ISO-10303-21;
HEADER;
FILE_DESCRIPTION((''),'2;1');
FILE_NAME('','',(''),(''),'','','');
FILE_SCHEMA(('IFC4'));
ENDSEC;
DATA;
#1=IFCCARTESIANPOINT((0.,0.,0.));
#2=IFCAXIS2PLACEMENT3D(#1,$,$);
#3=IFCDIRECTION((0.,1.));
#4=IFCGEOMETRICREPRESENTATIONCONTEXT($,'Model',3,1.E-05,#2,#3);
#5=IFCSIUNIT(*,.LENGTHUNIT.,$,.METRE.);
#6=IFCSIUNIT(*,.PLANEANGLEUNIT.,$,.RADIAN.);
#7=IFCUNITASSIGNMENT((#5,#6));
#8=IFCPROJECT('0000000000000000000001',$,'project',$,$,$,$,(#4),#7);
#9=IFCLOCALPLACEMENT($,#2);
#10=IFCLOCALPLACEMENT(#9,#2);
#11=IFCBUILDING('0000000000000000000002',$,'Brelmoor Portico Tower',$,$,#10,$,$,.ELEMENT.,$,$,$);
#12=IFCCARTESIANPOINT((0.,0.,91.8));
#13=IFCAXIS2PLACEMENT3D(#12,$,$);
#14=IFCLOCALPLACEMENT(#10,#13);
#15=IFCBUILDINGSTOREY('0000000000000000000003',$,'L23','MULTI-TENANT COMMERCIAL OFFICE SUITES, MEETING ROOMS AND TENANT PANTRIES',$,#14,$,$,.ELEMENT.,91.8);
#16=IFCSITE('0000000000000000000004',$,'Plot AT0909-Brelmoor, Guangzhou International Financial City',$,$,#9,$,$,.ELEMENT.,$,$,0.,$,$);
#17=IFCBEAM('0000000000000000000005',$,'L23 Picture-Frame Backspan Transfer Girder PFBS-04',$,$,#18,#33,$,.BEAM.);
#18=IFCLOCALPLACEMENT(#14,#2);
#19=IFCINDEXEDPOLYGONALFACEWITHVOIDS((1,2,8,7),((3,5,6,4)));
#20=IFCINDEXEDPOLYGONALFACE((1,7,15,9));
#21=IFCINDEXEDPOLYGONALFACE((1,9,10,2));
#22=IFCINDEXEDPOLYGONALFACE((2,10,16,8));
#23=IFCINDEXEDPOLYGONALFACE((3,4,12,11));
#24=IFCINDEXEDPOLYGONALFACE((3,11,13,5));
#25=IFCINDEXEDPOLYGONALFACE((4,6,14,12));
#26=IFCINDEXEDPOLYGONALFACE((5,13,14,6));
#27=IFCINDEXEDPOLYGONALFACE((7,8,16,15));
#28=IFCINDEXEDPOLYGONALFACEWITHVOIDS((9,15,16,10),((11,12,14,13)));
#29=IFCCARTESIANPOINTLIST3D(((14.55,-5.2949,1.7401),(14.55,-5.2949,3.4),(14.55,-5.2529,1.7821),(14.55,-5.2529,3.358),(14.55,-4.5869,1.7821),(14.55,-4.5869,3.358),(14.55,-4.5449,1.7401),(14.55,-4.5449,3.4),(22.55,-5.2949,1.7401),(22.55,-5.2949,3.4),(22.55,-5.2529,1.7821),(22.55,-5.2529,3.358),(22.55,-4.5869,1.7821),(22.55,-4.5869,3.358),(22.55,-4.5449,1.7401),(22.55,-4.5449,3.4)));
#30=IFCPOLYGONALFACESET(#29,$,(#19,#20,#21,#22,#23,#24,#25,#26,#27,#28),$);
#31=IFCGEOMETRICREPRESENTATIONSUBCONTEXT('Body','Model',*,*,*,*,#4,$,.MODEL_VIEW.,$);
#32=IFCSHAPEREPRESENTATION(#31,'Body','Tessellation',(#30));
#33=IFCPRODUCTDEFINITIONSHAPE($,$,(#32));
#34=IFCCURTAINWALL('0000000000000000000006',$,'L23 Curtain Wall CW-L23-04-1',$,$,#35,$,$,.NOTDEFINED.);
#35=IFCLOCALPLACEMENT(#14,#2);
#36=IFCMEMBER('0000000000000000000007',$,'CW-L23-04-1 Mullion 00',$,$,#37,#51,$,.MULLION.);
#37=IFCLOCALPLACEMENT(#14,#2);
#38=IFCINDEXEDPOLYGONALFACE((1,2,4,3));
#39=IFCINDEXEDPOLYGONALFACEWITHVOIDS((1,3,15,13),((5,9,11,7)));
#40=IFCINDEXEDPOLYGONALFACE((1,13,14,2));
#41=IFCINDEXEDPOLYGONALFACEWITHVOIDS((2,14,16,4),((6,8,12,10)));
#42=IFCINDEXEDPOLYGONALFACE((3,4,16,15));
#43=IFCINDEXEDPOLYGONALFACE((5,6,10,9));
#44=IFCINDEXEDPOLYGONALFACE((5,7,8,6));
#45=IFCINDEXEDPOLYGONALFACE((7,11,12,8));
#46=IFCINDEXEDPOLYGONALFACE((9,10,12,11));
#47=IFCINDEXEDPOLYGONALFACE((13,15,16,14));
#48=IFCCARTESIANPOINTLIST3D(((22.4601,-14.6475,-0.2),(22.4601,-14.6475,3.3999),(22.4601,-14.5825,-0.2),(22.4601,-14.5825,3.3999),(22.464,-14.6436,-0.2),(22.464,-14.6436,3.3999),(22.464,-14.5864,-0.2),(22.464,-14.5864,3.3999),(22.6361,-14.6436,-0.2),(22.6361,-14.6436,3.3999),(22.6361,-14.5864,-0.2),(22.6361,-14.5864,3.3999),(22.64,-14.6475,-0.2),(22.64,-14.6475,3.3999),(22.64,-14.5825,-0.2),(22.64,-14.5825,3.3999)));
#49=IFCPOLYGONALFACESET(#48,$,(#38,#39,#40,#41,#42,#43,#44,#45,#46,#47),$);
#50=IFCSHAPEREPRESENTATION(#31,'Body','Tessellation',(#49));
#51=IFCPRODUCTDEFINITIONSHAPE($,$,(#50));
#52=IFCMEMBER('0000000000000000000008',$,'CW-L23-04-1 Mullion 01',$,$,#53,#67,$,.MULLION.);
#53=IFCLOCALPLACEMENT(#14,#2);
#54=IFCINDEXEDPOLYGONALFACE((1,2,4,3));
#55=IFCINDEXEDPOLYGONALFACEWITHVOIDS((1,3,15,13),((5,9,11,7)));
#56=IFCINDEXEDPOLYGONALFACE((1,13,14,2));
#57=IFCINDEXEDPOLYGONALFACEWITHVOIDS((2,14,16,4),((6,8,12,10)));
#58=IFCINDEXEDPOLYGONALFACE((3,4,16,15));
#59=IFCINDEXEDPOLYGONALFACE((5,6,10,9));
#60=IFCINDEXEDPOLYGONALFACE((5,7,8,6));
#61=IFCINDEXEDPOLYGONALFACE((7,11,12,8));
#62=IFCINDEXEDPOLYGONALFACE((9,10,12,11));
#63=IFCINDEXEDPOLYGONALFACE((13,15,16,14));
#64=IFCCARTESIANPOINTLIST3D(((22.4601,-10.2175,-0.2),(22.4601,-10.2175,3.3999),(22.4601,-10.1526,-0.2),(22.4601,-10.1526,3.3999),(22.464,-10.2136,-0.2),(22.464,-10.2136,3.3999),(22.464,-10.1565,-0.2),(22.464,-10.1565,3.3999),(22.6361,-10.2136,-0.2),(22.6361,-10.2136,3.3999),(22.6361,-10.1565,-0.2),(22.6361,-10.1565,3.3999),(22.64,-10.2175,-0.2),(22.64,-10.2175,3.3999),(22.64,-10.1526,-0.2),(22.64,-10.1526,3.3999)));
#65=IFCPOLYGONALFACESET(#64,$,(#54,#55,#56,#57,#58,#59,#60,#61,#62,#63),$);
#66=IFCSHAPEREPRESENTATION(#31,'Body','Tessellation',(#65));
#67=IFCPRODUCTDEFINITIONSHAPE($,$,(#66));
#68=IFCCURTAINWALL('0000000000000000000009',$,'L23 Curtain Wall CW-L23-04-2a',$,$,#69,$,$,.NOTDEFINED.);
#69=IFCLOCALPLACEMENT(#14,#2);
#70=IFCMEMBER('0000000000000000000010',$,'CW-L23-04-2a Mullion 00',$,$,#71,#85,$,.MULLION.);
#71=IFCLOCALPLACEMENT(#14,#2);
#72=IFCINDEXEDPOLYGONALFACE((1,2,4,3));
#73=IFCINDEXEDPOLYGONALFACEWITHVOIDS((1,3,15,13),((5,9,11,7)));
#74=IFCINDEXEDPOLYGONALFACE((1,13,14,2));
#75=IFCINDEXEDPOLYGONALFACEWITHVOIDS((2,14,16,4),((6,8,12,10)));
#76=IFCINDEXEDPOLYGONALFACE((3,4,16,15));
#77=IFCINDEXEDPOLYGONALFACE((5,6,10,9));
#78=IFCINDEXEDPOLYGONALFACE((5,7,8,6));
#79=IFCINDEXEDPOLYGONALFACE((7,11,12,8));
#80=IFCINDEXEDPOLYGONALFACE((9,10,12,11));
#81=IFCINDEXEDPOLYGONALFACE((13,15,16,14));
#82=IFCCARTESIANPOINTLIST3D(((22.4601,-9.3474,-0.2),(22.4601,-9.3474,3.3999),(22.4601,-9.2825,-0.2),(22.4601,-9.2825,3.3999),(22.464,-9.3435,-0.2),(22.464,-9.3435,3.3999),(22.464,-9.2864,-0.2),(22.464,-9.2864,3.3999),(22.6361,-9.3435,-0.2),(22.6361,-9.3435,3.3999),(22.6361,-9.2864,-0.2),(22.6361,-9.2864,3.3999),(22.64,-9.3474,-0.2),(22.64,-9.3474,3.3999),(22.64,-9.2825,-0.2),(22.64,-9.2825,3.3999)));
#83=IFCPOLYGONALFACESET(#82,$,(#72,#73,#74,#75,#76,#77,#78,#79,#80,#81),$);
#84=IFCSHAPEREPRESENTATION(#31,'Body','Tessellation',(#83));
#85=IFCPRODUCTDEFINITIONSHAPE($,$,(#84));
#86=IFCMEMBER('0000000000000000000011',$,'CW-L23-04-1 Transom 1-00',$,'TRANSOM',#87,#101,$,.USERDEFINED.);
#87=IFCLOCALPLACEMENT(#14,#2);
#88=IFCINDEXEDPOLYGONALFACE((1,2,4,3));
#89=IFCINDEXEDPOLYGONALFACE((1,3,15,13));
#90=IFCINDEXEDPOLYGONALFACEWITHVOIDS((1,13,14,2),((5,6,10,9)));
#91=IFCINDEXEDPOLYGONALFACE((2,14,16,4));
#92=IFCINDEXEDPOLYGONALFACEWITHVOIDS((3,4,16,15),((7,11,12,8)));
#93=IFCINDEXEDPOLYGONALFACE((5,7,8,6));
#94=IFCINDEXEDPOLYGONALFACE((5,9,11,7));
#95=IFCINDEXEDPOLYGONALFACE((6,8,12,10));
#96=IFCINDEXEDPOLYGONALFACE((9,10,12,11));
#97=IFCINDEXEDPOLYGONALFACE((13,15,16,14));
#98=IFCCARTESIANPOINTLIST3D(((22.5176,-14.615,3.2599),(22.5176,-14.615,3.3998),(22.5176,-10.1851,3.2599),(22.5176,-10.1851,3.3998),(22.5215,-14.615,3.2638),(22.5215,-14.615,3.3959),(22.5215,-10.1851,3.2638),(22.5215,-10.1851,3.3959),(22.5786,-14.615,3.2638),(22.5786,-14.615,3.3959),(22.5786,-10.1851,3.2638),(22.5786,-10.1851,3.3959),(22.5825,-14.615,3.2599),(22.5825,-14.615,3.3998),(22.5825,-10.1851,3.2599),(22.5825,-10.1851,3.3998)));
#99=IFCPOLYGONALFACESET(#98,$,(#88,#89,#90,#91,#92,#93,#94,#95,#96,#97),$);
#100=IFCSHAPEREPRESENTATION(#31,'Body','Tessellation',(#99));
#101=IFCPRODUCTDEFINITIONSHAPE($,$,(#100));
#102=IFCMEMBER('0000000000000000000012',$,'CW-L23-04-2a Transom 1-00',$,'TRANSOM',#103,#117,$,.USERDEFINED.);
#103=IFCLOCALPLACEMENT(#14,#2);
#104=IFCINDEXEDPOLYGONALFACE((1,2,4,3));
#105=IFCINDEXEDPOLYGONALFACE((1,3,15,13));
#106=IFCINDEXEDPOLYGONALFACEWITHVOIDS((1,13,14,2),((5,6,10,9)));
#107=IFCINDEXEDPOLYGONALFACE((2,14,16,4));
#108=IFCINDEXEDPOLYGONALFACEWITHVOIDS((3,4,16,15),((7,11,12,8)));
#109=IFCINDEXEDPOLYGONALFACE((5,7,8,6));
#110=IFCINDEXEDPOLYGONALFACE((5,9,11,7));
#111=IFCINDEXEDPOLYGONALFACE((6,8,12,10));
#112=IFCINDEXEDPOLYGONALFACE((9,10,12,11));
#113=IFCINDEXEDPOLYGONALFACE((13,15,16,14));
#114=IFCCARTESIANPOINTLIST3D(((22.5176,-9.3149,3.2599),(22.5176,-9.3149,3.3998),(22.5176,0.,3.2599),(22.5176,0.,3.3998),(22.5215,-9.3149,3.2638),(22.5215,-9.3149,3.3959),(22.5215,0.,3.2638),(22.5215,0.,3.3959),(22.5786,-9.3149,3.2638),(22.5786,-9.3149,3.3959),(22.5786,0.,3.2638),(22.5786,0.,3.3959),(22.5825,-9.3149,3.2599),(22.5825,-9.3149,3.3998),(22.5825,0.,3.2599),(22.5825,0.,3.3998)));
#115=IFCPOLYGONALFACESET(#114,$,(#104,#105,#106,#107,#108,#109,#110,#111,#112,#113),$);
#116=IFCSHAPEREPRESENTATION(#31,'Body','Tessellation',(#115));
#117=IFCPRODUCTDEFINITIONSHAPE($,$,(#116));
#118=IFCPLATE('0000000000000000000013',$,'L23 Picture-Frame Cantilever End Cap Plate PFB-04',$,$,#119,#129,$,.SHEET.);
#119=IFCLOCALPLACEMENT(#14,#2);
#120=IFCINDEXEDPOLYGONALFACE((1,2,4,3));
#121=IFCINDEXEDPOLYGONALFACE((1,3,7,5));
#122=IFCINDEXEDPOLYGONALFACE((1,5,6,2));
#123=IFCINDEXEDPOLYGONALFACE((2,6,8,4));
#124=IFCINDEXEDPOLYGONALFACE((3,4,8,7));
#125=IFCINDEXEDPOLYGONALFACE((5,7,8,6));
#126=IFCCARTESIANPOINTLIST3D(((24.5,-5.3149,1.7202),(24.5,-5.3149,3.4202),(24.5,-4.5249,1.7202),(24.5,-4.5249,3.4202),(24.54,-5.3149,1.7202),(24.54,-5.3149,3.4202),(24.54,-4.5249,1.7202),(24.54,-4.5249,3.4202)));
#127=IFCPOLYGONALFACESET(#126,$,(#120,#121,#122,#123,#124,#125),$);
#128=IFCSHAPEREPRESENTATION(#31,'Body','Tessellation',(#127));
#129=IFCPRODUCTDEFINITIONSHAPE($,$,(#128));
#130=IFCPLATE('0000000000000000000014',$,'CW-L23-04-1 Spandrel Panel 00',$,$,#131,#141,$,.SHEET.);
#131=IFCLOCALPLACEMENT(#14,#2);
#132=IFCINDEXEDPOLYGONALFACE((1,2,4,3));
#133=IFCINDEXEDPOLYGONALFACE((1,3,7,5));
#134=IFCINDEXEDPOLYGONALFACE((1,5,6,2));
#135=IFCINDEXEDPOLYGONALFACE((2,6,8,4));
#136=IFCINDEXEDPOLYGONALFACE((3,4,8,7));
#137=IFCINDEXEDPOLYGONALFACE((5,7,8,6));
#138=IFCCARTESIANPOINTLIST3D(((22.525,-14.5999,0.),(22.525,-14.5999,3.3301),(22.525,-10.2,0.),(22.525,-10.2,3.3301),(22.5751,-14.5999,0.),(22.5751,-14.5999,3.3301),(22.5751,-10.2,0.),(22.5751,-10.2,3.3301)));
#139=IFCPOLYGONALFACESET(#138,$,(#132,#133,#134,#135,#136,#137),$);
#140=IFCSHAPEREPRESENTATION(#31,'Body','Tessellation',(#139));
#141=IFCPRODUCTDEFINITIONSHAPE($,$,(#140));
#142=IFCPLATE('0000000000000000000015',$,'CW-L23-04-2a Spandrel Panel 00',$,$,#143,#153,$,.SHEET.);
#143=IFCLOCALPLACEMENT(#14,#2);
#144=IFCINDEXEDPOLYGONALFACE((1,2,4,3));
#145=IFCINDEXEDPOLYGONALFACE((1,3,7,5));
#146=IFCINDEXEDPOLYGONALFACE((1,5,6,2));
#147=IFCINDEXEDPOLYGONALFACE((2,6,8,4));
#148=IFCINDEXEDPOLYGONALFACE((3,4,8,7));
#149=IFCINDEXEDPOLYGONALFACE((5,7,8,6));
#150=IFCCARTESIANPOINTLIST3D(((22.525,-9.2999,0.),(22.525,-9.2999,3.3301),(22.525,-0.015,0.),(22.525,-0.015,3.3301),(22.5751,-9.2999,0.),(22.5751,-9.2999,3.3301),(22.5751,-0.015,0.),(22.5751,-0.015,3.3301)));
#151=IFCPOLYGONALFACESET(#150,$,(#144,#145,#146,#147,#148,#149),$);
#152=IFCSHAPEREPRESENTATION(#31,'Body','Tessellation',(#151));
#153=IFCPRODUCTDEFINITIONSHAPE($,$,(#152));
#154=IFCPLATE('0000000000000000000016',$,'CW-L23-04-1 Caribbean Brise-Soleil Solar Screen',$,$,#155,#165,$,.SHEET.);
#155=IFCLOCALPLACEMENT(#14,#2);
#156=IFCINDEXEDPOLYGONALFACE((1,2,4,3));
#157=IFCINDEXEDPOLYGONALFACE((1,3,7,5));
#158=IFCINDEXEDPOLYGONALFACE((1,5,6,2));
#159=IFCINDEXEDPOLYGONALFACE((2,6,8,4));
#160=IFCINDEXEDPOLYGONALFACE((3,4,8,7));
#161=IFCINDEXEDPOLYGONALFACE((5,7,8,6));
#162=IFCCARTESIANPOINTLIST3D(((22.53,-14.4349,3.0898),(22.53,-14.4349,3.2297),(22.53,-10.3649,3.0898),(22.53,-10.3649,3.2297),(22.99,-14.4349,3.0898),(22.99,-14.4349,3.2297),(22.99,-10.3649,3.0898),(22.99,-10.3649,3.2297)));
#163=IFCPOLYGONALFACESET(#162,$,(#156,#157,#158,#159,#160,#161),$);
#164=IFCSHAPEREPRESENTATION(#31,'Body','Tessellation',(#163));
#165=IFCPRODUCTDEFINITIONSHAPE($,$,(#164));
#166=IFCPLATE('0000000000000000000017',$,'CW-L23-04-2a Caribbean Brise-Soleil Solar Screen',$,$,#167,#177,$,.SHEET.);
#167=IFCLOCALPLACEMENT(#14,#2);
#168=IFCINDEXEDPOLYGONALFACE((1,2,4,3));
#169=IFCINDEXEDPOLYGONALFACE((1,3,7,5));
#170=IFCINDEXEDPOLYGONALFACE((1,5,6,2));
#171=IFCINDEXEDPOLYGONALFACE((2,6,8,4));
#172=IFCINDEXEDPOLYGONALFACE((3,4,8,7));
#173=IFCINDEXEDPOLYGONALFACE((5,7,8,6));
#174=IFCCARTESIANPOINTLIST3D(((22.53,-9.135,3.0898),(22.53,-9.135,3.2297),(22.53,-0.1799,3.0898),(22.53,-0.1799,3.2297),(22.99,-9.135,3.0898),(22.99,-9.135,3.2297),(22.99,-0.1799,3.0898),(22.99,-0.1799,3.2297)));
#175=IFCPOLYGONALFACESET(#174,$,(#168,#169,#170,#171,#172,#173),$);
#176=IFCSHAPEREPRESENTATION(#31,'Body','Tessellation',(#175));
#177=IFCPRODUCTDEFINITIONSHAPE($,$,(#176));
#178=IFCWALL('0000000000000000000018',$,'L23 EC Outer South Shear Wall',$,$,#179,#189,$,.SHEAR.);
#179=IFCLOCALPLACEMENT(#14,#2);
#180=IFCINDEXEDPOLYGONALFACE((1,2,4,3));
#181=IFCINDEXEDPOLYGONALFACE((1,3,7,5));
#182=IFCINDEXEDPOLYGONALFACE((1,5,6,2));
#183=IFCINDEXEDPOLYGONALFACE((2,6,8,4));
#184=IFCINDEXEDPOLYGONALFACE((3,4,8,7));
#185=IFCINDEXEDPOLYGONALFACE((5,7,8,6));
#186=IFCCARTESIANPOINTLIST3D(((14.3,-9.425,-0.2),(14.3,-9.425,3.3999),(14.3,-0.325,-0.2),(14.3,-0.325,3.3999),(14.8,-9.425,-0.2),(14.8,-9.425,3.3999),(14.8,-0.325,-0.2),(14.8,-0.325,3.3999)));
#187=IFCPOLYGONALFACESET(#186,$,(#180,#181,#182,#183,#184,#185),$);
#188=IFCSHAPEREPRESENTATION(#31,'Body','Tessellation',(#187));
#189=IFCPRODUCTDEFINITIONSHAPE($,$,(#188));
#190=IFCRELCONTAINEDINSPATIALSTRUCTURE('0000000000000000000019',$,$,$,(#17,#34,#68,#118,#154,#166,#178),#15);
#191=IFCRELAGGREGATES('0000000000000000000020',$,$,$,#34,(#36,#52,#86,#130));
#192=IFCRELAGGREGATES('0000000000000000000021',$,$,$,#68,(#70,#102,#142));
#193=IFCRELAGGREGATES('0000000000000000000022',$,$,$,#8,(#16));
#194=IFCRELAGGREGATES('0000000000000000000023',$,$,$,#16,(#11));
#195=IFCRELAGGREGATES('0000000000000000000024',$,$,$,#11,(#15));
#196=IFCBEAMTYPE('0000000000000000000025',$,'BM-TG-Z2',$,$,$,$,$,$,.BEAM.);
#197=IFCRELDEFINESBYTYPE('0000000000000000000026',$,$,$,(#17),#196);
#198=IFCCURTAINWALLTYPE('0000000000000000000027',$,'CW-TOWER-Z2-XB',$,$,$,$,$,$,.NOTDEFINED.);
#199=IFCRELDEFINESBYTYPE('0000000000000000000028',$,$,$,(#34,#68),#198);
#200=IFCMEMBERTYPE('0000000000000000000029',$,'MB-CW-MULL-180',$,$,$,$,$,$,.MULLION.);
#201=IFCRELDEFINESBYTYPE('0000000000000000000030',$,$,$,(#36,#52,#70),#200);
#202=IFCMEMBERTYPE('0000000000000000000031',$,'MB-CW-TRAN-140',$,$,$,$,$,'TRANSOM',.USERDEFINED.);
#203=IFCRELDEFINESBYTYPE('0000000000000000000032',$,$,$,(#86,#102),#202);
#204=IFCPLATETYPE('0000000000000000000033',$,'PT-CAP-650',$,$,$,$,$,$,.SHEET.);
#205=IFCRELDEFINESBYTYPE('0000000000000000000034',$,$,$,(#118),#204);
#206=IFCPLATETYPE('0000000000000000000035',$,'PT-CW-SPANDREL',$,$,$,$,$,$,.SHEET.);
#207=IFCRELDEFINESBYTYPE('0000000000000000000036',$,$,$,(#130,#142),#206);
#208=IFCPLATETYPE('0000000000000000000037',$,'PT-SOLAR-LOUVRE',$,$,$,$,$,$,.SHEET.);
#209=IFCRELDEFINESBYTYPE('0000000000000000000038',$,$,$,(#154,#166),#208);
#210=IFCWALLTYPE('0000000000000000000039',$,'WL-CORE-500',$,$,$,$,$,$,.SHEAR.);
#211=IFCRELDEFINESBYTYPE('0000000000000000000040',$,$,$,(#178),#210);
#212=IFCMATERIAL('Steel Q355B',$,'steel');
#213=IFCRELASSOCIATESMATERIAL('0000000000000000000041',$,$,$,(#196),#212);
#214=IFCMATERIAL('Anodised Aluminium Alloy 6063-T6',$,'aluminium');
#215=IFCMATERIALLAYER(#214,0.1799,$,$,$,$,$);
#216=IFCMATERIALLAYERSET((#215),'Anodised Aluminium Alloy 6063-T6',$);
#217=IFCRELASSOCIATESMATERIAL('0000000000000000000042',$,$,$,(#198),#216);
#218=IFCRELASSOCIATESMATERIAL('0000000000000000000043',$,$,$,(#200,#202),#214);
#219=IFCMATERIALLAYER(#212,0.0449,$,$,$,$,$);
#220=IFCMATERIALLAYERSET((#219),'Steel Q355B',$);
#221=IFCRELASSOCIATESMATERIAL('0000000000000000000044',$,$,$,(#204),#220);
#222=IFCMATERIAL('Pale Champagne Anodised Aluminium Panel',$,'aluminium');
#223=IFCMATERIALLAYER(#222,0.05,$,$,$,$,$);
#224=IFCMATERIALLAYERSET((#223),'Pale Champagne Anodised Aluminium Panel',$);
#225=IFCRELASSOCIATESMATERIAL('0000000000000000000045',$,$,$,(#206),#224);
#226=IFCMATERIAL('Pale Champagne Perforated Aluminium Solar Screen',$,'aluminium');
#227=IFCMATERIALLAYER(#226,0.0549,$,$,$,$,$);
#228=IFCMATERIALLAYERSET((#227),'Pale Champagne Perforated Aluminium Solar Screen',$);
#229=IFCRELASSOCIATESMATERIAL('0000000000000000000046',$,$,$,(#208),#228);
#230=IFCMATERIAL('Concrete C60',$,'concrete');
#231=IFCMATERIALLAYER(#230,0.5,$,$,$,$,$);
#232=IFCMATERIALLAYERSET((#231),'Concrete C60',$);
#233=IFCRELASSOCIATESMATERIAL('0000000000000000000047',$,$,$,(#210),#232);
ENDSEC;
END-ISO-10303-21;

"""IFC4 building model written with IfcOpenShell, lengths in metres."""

from ifc_helpers import new_model, si_unit, direction, frame, frame_2d, origin, origin_2d, place, context, subcontext, project, spatial, rectangle, hollow_rectangle, extrude, material, layer, layer_set, material_profile, profile_set, type_object, element, aggregate, save


model = new_model("IFC4")

# Units and contexts
model_context = context("Model", 3, precision=1e-05, world=origin(), true_north=direction((0.0, 1.0)))
body_context = subcontext(model_context, "Body", "Model", "MODEL_VIEW")
ifc_project = project(units=[si_unit("LENGTHUNIT", "METRE"), si_unit("PLANEANGLEUNIT", "RADIAN")], contexts=[model_context])

# Site, building, storey
site_placement = place(None, origin())
site = spatial("IfcSite", under=ifc_project, at=site_placement, Name="Plot AT0909-Brelmoor, Guangzhou International Financial City", CompositionType="ELEMENT", RefElevation=0.0)
building_placement = place(site_placement, origin())
building = spatial("IfcBuilding", under=site, at=building_placement, Name="Brelmoor Portico Tower", CompositionType="ELEMENT")
storey_placement = place(building_placement, frame((0.0, 0.0, 91.8)))
storey = spatial("IfcBuildingStorey", under=building, at=storey_placement, Name="L23", Description="MULTI-TENANT COMMERCIAL OFFICE SUITES, MEETING ROOMS AND TENANT PANTRIES", CompositionType="ELEMENT", Elevation=91.8)

# Shared definitions
ifc_material_1 = material(Name="Steel Q355B", Category="steel")

# Beam
ifc_material_profile_1 = material_profile(ifc_material_1, hollow_rectangle(XDim=0.75, YDim=1.6599, WallThickness=0.042, at=origin_2d()), Name="BOX 750x1660x42")
ifc_profile_set_1 = profile_set([ifc_material_profile_1], Name="Steel Q355B")
beam_type_1 = type_object("IfcBeamType", Name="BM-TG-Z2", PredefinedType="BEAM", material=ifc_profile_set_1)
beam_1_placement = place(storey_placement, frame((14.55, -4.9199, 2.5701), z_axis=(1.0, 0.0, 0.0), x_axis=(0.0, 1.0, 0.0)))
element("IfcBeam", 1, at=beam_1_placement, inside=storey, type_object=beam_type_1, Name="L23 Picture-Frame Backspan Transfer Girder PFBS-04", PredefinedType="BEAM", context=body_context, shape_type="SweptSolid", body=[
    extrude(hollow_rectangle(XDim=0.75, YDim=1.6599, WallThickness=0.042, at=origin_2d()), origin(), (0.0, 0.0, 1.0), 8.0),
])

# Curtain wall, members
ifc_material_2 = material(Name="Anodised Aluminium Alloy 6063-T6", Category="aluminium")
ifc_layer_1 = layer(ifc_material_2, 0.1799)
ifc_layer_set_1 = layer_set([ifc_layer_1], Name="Anodised Aluminium Alloy 6063-T6")
curtain_wall_type = type_object("IfcCurtainWallType", Name="CW-TOWER-Z2-XB", PredefinedType="NOTDEFINED", material=ifc_layer_set_1)
curtain_wall_1_placement = place(storey_placement, origin())
curtain_wall_1 = element("IfcCurtainWall", 2, at=curtain_wall_1_placement, inside=storey, type_object=curtain_wall_type, Name="L23 Curtain Wall CW-L23-04-1", PredefinedType="NOTDEFINED")
ifc_material_profile_2 = material_profile(ifc_material_2, hollow_rectangle(XDim=0.0649, YDim=0.1799, WallThickness=0.0039, at=origin_2d()), Name="ALU MULLION 65x180")
ifc_profile_set_2 = profile_set([ifc_material_profile_2], Name="Anodised Aluminium Alloy 6063-T6")
member_type_1 = type_object("IfcMemberType", Name="MB-CW-MULL-180", PredefinedType="MULLION", material=ifc_profile_set_2)
member_1_placement = place(storey_placement, frame((22.55, -14.615, -0.2), z_axis=(0.0, 0.0, 1.0), x_axis=(0.0, 1.0, 0.0)))
member_1 = element("IfcMember", 3, at=member_1_placement, type_object=member_type_1, Name="CW-L23-04-1 Mullion 00", PredefinedType="MULLION", context=body_context, shape_type="SweptSolid", body=[
    extrude(hollow_rectangle(XDim=0.0649, YDim=0.1799, WallThickness=0.0039, at=origin_2d()), origin(), (0.0, 0.0, 1.0), 3.5999),
])
member_2_placement = place(storey_placement, frame((22.55, -10.1851, -0.2), z_axis=(0.0, 0.0, 1.0), x_axis=(0.0, 1.0, 0.0)))
member_2 = element("IfcMember", 4, at=member_2_placement, type_object=member_type_1, Name="CW-L23-04-1 Mullion 01", PredefinedType="MULLION", context=body_context, shape_type="SweptSolid", body=[
    extrude(hollow_rectangle(XDim=0.0649, YDim=0.1799, WallThickness=0.0039, at=origin_2d()), origin(), (0.0, 0.0, 1.0), 3.5999),
])

# Curtain wall, member
curtain_wall_2_placement = place(storey_placement, origin())
curtain_wall_2 = element("IfcCurtainWall", 5, at=curtain_wall_2_placement, inside=storey, type_object=curtain_wall_type, Name="L23 Curtain Wall CW-L23-04-2a", PredefinedType="NOTDEFINED")
member_3_placement = place(storey_placement, frame((22.55, -9.3149, -0.2), z_axis=(0.0, 0.0, 1.0), x_axis=(0.0, 1.0, 0.0)))
member_3 = element("IfcMember", 6, at=member_3_placement, type_object=member_type_1, Name="CW-L23-04-2a Mullion 00", PredefinedType="MULLION", context=body_context, shape_type="SweptSolid", body=[
    extrude(hollow_rectangle(XDim=0.0649, YDim=0.1799, WallThickness=0.0039, at=origin_2d()), origin(), (0.0, 0.0, 1.0), 3.5999),
])

# Members
ifc_material_profile_3 = material_profile(ifc_material_2, hollow_rectangle(XDim=0.0649, YDim=0.1399, WallThickness=0.0039, at=origin_2d()), Name="ALU TRANSOM 65x140")
ifc_profile_set_3 = profile_set([ifc_material_profile_3], Name="Anodised Aluminium Alloy 6063-T6")
member_type_2 = type_object("IfcMemberType", Name="MB-CW-TRAN-140", ElementType="TRANSOM", PredefinedType="USERDEFINED", material=ifc_profile_set_3)
member_4_placement = place(storey_placement, frame((22.55, -14.615, 3.3298), z_axis=(0.0, 1.0, 0.0), x_axis=(-1.0, 0.0, 0.0)))
member_4 = element("IfcMember", 7, at=member_4_placement, type_object=member_type_2, Name="CW-L23-04-1 Transom 1-00", ObjectType="TRANSOM", PredefinedType="USERDEFINED", context=body_context, shape_type="SweptSolid", body=[
    extrude(hollow_rectangle(XDim=0.0649, YDim=0.1399, WallThickness=0.0039, at=origin_2d()), origin(), (0.0, 0.0, 1.0), 4.4299),
])
member_5_placement = place(storey_placement, frame((22.55, -9.3149, 3.3298), z_axis=(0.0, 1.0, 0.0), x_axis=(-1.0, 0.0, 0.0)))
member_5 = element("IfcMember", 8, at=member_5_placement, type_object=member_type_2, Name="CW-L23-04-2a Transom 1-00", ObjectType="TRANSOM", PredefinedType="USERDEFINED", context=body_context, shape_type="SweptSolid", body=[
    extrude(hollow_rectangle(XDim=0.0649, YDim=0.1399, WallThickness=0.0039, at=origin_2d()), origin(), (0.0, 0.0, 1.0), 9.3149),
])

# Plates
ifc_layer_2 = layer(ifc_material_1, 0.0449)
ifc_layer_set_2 = layer_set([ifc_layer_2], Name="Steel Q355B")
plate_type_1 = type_object("IfcPlateType", Name="PT-CAP-650", PredefinedType="SHEET", material=ifc_layer_set_2)
plate_1_placement = place(storey_placement, frame((24.52, -4.9199, 1.7202), z_axis=(0.0, 0.0, 1.0), x_axis=(1.0, 0.0, 0.0)))
element("IfcPlate", 9, at=plate_1_placement, inside=storey, type_object=plate_type_1, Name="L23 Picture-Frame Cantilever End Cap Plate PFB-04", PredefinedType="SHEET", context=body_context, shape_type="SweptSolid", body=[
    extrude(rectangle(XDim=0.04, YDim=0.79, at=origin_2d()), origin(), (0.0, 0.0, 1.0), 1.7),
])
ifc_material_3 = material(Name="Pale Champagne Anodised Aluminium Panel", Category="aluminium")
ifc_layer_3 = layer(ifc_material_3, 0.05)
ifc_layer_set_3 = layer_set([ifc_layer_3], Name="Pale Champagne Anodised Aluminium Panel")
plate_type_2 = type_object("IfcPlateType", Name="PT-CW-SPANDREL", PredefinedType="SHEET", material=ifc_layer_set_3)
plate_2_placement = place(storey_placement, frame((22.55, -12.3999, 0.0), z_axis=(0.0, 0.0, 1.0), x_axis=(0.0, 1.0, 0.0)))
plate_2 = element("IfcPlate", 10, at=plate_2_placement, type_object=plate_type_2, Name="CW-L23-04-1 Spandrel Panel 00", PredefinedType="SHEET", context=body_context, shape_type="SweptSolid", body=[
    extrude(rectangle(XDim=4.3999, YDim=0.05, at=origin_2d()), origin(), (0.0, 0.0, 1.0), 3.3301),
])
aggregate(curtain_wall_1, [member_1, member_2, member_4, plate_2])
plate_3_placement = place(storey_placement, frame((22.55, -4.6575, 0.0), z_axis=(0.0, 0.0, 1.0), x_axis=(0.0, 1.0, 0.0)))
plate_3 = element("IfcPlate", 11, at=plate_3_placement, type_object=plate_type_2, Name="CW-L23-04-2a Spandrel Panel 00", PredefinedType="SHEET", context=body_context, shape_type="SweptSolid", body=[
    extrude(rectangle(XDim=9.2849, YDim=0.05, at=origin_2d()), origin(), (0.0, 0.0, 1.0), 3.3301),
])
aggregate(curtain_wall_2, [member_3, member_5, plate_3])

# Plates
ifc_material_4 = material(Name="Pale Champagne Perforated Aluminium Solar Screen", Category="aluminium")
ifc_layer_4 = layer(ifc_material_4, 0.0549)
ifc_layer_set_4 = layer_set([ifc_layer_4], Name="Pale Champagne Perforated Aluminium Solar Screen")
plate_type_3 = type_object("IfcPlateType", Name="PT-SOLAR-LOUVRE", PredefinedType="SHEET", material=ifc_layer_set_4)
plate_4_placement = place(storey_placement, frame((22.76, -12.3999, 3.0898), z_axis=(0.0, 0.0, 1.0), x_axis=(0.0, 1.0, 0.0)))
element("IfcPlate", 12, at=plate_4_placement, inside=storey, type_object=plate_type_3, Name="CW-L23-04-1 Caribbean Brise-Soleil Solar Screen", PredefinedType="SHEET", context=body_context, shape_type="SweptSolid", body=[
    extrude(rectangle(XDim=4.0701, YDim=0.46, at=origin_2d()), origin(), (0.0, 0.0, 1.0), 0.1399),
])
plate_5_placement = place(storey_placement, frame((22.76, -4.6575, 3.0898), z_axis=(0.0, 0.0, 1.0), x_axis=(0.0, 1.0, 0.0)))
element("IfcPlate", 13, at=plate_5_placement, inside=storey, type_object=plate_type_3, Name="CW-L23-04-2a Caribbean Brise-Soleil Solar Screen", PredefinedType="SHEET", context=body_context, shape_type="SweptSolid", body=[
    extrude(rectangle(XDim=8.9551, YDim=0.46, at=origin_2d()), origin(), (0.0, 0.0, 1.0), 0.1399),
])

# Wall
ifc_material_5 = material(Name="Concrete C60", Category="concrete")
ifc_layer_5 = layer(ifc_material_5, 0.5)
ifc_layer_set_5 = layer_set([ifc_layer_5], Name="Concrete C60")
wall_type_1 = type_object("IfcWallType", Name="WL-CORE-500", PredefinedType="SHEAR", material=ifc_layer_set_5)
wall_1_placement = place(storey_placement, frame((14.55, -9.425, -0.2), z_axis=(0.0, 0.0, 1.0), x_axis=(0.0, 1.0, 0.0)))
element("IfcWall", 14, at=wall_1_placement, inside=storey, type_object=wall_type_1, Name="L23 EC Outer South Shear Wall", PredefinedType="SHEAR", context=body_context, shape_type="SweptSolid", body=[
    extrude(rectangle(XDim=9.1001, YDim=0.5, at=frame_2d((4.55, 0.0))), origin(), (0.0, 0.0, 1.0), 3.5999),
])

save(model, "model.ifc")
